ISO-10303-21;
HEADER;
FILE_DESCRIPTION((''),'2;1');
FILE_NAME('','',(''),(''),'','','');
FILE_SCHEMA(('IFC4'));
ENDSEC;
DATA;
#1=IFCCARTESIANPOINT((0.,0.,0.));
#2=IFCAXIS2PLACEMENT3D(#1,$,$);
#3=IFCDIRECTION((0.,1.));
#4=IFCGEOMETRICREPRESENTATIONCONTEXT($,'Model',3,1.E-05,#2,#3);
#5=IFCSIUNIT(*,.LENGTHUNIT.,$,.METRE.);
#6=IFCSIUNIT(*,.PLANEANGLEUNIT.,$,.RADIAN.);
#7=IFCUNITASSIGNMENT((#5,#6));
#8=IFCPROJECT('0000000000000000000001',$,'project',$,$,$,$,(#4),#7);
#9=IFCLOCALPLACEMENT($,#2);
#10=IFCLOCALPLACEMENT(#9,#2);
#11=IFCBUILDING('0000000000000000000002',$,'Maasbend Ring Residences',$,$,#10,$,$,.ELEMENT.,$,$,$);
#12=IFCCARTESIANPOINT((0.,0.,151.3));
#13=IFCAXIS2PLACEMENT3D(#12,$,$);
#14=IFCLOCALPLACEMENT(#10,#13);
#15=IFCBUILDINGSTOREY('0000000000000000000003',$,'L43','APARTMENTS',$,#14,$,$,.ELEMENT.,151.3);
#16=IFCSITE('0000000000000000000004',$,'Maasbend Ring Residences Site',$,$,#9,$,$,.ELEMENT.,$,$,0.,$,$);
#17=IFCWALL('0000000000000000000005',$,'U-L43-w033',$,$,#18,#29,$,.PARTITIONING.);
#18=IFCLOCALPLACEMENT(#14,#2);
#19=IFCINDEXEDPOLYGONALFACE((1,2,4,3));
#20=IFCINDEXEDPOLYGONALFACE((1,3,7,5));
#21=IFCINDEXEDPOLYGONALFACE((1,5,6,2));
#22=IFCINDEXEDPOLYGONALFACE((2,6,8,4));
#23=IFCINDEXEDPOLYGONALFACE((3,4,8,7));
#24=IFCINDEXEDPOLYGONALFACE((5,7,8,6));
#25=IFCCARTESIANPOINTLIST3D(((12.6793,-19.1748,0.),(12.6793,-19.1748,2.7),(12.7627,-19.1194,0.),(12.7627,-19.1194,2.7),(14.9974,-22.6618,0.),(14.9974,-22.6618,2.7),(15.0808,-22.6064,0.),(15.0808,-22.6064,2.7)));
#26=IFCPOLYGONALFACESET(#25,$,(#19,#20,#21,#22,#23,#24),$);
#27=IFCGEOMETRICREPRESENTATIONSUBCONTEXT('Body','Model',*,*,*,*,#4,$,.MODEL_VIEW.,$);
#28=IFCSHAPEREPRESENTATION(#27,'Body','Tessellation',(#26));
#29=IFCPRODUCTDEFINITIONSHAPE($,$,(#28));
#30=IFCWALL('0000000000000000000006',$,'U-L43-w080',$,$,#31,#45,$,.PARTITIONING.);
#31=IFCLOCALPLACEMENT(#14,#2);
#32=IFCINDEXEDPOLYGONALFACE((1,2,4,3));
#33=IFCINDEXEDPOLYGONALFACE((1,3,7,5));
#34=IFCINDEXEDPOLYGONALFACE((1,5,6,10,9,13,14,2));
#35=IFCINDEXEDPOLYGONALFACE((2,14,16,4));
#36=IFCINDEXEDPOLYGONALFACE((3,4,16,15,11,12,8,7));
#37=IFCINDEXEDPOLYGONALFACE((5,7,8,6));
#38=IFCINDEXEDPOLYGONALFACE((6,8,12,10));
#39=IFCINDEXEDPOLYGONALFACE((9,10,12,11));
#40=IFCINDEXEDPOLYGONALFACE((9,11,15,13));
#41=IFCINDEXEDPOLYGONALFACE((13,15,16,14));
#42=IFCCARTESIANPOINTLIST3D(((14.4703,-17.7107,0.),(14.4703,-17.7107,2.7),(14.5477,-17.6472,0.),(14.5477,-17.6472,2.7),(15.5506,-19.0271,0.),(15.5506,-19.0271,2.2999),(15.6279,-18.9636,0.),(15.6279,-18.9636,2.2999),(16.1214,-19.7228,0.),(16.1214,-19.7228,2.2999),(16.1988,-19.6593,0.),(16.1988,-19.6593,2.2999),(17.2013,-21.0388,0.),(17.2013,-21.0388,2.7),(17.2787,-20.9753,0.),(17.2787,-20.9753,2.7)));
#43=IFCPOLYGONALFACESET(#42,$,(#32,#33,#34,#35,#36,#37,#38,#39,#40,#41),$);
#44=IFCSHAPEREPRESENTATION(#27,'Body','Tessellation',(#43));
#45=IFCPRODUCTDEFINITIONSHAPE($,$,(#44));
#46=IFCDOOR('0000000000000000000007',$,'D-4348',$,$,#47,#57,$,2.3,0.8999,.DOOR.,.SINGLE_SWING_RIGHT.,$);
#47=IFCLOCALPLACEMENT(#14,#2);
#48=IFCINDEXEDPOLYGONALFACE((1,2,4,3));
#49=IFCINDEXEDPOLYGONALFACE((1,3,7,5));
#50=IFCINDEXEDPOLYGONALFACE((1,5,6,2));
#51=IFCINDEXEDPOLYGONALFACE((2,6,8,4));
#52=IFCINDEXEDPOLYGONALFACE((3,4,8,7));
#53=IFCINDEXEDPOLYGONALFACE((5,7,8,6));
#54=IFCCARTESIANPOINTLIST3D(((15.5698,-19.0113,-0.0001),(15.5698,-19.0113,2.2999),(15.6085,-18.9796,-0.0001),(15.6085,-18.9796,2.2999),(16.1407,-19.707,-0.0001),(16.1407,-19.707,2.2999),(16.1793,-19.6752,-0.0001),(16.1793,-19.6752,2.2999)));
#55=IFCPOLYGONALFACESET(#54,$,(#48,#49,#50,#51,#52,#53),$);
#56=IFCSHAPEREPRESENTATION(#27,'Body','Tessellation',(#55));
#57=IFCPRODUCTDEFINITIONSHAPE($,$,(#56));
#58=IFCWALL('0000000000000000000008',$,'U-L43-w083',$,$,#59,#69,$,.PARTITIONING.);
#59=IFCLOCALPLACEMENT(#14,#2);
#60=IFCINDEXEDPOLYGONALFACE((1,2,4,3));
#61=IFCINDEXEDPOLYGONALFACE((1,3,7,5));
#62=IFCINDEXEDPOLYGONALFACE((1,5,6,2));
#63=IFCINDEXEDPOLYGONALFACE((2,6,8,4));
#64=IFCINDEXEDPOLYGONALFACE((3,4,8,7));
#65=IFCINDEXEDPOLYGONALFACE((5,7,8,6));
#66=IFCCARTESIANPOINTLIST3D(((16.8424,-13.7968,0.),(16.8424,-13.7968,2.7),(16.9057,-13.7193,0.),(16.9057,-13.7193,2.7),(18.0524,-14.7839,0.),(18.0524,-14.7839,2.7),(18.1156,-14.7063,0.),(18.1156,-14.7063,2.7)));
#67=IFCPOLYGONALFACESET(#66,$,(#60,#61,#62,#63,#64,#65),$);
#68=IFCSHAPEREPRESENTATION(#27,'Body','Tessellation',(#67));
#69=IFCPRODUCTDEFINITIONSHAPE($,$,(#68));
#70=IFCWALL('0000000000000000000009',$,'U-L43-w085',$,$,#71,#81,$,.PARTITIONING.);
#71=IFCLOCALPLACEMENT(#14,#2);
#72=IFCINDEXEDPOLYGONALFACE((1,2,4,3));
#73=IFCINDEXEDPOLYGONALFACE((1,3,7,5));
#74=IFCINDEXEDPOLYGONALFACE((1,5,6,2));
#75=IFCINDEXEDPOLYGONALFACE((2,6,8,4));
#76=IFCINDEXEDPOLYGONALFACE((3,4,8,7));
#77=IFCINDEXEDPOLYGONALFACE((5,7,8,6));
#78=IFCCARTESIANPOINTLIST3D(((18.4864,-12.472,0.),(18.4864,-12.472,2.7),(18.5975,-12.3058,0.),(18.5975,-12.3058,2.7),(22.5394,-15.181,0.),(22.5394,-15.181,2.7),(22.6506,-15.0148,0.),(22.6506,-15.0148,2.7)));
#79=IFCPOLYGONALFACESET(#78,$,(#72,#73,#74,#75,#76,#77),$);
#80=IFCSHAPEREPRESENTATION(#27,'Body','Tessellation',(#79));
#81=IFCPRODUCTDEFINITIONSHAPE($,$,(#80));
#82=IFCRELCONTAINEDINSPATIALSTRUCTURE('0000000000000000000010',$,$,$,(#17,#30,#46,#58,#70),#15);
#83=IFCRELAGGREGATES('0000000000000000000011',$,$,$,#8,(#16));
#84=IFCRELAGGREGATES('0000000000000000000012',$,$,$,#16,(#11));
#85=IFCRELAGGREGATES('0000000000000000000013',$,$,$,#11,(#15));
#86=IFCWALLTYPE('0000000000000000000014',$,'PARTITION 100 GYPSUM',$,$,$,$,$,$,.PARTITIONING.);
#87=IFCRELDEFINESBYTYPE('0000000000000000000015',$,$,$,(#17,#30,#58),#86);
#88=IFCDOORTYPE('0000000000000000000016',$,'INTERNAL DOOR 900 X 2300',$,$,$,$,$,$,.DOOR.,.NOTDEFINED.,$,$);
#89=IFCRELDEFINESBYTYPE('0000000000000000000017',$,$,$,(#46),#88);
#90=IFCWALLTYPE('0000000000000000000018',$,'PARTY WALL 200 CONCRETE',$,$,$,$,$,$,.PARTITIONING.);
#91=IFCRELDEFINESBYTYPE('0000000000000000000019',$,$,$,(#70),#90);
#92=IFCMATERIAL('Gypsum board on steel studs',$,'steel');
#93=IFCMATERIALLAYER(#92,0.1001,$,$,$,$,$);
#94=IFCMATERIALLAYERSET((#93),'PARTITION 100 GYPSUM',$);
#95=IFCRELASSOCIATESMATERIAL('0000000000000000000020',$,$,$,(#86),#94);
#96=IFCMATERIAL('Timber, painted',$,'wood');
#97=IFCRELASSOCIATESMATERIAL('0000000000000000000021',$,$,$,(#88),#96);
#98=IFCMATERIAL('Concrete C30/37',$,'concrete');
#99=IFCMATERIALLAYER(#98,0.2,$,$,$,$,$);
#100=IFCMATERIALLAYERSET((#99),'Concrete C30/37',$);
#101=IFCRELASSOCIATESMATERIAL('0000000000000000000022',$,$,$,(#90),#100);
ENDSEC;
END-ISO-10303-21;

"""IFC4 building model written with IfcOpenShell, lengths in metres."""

from ifc_helpers import new_model, si_unit, direction, frame, frame_2d, origin, place, context, subcontext, project, spatial, rectangle, extrude, material, layer, layer_set, type_object, element, fill, save


model = new_model("IFC4")

# Units and contexts
model_context = context("Model", 3, precision=1e-05, world=origin(), true_north=direction((0.0, 1.0)))
body_context = subcontext(model_context, "Body", "Model", "MODEL_VIEW")
ifc_project = project(units=[si_unit("LENGTHUNIT", "METRE"), si_unit("PLANEANGLEUNIT", "RADIAN")], contexts=[model_context])

# Site, building, storey
site_placement = place(None, origin())
site = spatial("IfcSite", under=ifc_project, at=site_placement, Name="Maasbend Ring Residences Site", CompositionType="ELEMENT", RefElevation=0.0)
building_placement = place(site_placement, origin())
building = spatial("IfcBuilding", under=site, at=building_placement, Name="Maasbend Ring Residences", CompositionType="ELEMENT")
storey_placement = place(building_placement, frame((0.0, 0.0, 151.3)))
storey = spatial("IfcBuildingStorey", under=building, at=storey_placement, Name="L43", Description="APARTMENTS", CompositionType="ELEMENT", Elevation=151.3)

# Shared definitions
ifc_material_1 = material(Name="Gypsum board on steel studs", Category="steel")
ifc_layer_1 = layer(ifc_material_1, 0.1001)
ifc_layer_set_1 = layer_set([ifc_layer_1], Name="PARTITION 100 GYPSUM")
wall_type_1 = type_object("IfcWallType", Name="PARTITION 100 GYPSUM", PredefinedType="PARTITIONING", material=ifc_layer_set_1)
ifc_material_2 = material(Name="Timber, painted", Category="wood")
door_type_1 = type_object("IfcDoorType", Name="INTERNAL DOOR 900 X 2300", OperationType="NOTDEFINED", PredefinedType="DOOR", material=ifc_material_2)

# Wall
wall_1_placement = place(storey_placement, frame((12.7209, -19.147, 0.0), z_axis=(0.0, 0.0, 1.0), x_axis=(0.55361, -0.832776, 0.0)))
element("IfcWall", 1, at=wall_1_placement, inside=storey, type_object=wall_type_1, Name="U-L43-w033", PredefinedType="PARTITIONING", context=body_context, shape_type="SweptSolid", body=[
    extrude(rectangle(XDim=4.1873, YDim=0.1001, at=frame_2d((2.0938, 0.0))), origin(), (0.0, 0.0, 1.0), 2.7),
])

# Wall, opening, door
wall_2_placement = place(storey_placement, frame((14.509, -17.679, 0.0), z_axis=(0.0, 0.0, 1.0), x_axis=(0.634343, -0.773052, 0.0)))
wall_2 = element("IfcWall", 2, at=wall_2_placement, inside=storey, type_object=wall_type_1, Name="U-L43-w080", PredefinedType="PARTITIONING", context=body_context, shape_type="SweptSolid", body=[
    extrude(rectangle(XDim=4.3052, YDim=0.1001, at=frame_2d((2.1526, 0.0))), origin(), (0.0, 0.0, 1.0), 2.7),
])
opening_1_placement = place(wall_2_placement, frame((1.7029, 0.0, 0.0)))
opening_1 = element("IfcOpeningElement", 3, at=opening_1_placement, cuts=wall_2, PredefinedType="OPENING", context=body_context, shape_type="SweptSolid", body=[
    extrude(rectangle(XDim=0.8999, YDim=2.3, at=frame_2d((0.45, 1.1499))), frame((0.0, 0.0601, 0.0), z_axis=(0.0, -1.0, 0.0), x_axis=(1.0, 0.0, 0.0)), (0.0, 0.0, 1.0), 0.1201),
])
door_1_placement = place(opening_1_placement, origin())
door_1 = element("IfcDoor", 4, at=door_1_placement, inside=storey, type_object=door_type_1, Name="D-4348", OperationType="SINGLE_SWING_RIGHT", OverallHeight=2.3, OverallWidth=0.8999, PredefinedType="DOOR", context=body_context, shape_type="SweptSolid", body=[
    extrude(rectangle(XDim=0.8999, YDim=2.3, at=frame_2d((0.45, 1.1499))), frame((0.0, 0.0249, 0.0), z_axis=(0.0, -1.0, 0.0), x_axis=(1.0, 0.0, 0.0)), (0.0, 0.0, 1.0), 0.05),
])
fill(opening_1, door_1)

# Walls
wall_3_placement = place(storey_placement, frame((16.874, -13.7581, 0.0), z_axis=(0.0, 0.0, 1.0), x_axis=(0.774869, -0.632122, 0.0)))
element("IfcWall", 5, at=wall_3_placement, inside=storey, type_object=wall_type_1, Name="U-L43-w083", PredefinedType="PARTITIONING", context=body_context, shape_type="SweptSolid", body=[
    extrude(rectangle(XDim=1.5615, YDim=0.1001, at=frame_2d((0.7808, 0.0))), origin(), (0.0, 0.0, 1.0), 2.7),
])
ifc_material_3 = material(Name="Concrete C30/37", Category="concrete")
ifc_layer_2 = layer(ifc_material_3, 0.2)
ifc_layer_set_2 = layer_set([ifc_layer_2], Name="Concrete C30/37")
wall_type_2 = type_object("IfcWallType", Name="PARTY WALL 200 CONCRETE", PredefinedType="PARTITIONING", material=ifc_layer_set_2)
wall_4_placement = place(storey_placement, frame((18.542, -12.3889, 0.0), z_axis=(0.0, 0.0, 1.0), x_axis=(0.831387, -0.555694, 0.0)))
element("IfcWall", 6, at=wall_4_placement, inside=storey, type_object=wall_type_2, Name="U-L43-w085", PredefinedType="PARTITIONING", context=body_context, shape_type="SweptSolid", body=[
    extrude(rectangle(XDim=4.875, YDim=0.2, at=frame_2d((2.4375, 0.0))), origin(), (0.0, 0.0, 1.0), 2.7),
])

save(model, "model.ifc")
